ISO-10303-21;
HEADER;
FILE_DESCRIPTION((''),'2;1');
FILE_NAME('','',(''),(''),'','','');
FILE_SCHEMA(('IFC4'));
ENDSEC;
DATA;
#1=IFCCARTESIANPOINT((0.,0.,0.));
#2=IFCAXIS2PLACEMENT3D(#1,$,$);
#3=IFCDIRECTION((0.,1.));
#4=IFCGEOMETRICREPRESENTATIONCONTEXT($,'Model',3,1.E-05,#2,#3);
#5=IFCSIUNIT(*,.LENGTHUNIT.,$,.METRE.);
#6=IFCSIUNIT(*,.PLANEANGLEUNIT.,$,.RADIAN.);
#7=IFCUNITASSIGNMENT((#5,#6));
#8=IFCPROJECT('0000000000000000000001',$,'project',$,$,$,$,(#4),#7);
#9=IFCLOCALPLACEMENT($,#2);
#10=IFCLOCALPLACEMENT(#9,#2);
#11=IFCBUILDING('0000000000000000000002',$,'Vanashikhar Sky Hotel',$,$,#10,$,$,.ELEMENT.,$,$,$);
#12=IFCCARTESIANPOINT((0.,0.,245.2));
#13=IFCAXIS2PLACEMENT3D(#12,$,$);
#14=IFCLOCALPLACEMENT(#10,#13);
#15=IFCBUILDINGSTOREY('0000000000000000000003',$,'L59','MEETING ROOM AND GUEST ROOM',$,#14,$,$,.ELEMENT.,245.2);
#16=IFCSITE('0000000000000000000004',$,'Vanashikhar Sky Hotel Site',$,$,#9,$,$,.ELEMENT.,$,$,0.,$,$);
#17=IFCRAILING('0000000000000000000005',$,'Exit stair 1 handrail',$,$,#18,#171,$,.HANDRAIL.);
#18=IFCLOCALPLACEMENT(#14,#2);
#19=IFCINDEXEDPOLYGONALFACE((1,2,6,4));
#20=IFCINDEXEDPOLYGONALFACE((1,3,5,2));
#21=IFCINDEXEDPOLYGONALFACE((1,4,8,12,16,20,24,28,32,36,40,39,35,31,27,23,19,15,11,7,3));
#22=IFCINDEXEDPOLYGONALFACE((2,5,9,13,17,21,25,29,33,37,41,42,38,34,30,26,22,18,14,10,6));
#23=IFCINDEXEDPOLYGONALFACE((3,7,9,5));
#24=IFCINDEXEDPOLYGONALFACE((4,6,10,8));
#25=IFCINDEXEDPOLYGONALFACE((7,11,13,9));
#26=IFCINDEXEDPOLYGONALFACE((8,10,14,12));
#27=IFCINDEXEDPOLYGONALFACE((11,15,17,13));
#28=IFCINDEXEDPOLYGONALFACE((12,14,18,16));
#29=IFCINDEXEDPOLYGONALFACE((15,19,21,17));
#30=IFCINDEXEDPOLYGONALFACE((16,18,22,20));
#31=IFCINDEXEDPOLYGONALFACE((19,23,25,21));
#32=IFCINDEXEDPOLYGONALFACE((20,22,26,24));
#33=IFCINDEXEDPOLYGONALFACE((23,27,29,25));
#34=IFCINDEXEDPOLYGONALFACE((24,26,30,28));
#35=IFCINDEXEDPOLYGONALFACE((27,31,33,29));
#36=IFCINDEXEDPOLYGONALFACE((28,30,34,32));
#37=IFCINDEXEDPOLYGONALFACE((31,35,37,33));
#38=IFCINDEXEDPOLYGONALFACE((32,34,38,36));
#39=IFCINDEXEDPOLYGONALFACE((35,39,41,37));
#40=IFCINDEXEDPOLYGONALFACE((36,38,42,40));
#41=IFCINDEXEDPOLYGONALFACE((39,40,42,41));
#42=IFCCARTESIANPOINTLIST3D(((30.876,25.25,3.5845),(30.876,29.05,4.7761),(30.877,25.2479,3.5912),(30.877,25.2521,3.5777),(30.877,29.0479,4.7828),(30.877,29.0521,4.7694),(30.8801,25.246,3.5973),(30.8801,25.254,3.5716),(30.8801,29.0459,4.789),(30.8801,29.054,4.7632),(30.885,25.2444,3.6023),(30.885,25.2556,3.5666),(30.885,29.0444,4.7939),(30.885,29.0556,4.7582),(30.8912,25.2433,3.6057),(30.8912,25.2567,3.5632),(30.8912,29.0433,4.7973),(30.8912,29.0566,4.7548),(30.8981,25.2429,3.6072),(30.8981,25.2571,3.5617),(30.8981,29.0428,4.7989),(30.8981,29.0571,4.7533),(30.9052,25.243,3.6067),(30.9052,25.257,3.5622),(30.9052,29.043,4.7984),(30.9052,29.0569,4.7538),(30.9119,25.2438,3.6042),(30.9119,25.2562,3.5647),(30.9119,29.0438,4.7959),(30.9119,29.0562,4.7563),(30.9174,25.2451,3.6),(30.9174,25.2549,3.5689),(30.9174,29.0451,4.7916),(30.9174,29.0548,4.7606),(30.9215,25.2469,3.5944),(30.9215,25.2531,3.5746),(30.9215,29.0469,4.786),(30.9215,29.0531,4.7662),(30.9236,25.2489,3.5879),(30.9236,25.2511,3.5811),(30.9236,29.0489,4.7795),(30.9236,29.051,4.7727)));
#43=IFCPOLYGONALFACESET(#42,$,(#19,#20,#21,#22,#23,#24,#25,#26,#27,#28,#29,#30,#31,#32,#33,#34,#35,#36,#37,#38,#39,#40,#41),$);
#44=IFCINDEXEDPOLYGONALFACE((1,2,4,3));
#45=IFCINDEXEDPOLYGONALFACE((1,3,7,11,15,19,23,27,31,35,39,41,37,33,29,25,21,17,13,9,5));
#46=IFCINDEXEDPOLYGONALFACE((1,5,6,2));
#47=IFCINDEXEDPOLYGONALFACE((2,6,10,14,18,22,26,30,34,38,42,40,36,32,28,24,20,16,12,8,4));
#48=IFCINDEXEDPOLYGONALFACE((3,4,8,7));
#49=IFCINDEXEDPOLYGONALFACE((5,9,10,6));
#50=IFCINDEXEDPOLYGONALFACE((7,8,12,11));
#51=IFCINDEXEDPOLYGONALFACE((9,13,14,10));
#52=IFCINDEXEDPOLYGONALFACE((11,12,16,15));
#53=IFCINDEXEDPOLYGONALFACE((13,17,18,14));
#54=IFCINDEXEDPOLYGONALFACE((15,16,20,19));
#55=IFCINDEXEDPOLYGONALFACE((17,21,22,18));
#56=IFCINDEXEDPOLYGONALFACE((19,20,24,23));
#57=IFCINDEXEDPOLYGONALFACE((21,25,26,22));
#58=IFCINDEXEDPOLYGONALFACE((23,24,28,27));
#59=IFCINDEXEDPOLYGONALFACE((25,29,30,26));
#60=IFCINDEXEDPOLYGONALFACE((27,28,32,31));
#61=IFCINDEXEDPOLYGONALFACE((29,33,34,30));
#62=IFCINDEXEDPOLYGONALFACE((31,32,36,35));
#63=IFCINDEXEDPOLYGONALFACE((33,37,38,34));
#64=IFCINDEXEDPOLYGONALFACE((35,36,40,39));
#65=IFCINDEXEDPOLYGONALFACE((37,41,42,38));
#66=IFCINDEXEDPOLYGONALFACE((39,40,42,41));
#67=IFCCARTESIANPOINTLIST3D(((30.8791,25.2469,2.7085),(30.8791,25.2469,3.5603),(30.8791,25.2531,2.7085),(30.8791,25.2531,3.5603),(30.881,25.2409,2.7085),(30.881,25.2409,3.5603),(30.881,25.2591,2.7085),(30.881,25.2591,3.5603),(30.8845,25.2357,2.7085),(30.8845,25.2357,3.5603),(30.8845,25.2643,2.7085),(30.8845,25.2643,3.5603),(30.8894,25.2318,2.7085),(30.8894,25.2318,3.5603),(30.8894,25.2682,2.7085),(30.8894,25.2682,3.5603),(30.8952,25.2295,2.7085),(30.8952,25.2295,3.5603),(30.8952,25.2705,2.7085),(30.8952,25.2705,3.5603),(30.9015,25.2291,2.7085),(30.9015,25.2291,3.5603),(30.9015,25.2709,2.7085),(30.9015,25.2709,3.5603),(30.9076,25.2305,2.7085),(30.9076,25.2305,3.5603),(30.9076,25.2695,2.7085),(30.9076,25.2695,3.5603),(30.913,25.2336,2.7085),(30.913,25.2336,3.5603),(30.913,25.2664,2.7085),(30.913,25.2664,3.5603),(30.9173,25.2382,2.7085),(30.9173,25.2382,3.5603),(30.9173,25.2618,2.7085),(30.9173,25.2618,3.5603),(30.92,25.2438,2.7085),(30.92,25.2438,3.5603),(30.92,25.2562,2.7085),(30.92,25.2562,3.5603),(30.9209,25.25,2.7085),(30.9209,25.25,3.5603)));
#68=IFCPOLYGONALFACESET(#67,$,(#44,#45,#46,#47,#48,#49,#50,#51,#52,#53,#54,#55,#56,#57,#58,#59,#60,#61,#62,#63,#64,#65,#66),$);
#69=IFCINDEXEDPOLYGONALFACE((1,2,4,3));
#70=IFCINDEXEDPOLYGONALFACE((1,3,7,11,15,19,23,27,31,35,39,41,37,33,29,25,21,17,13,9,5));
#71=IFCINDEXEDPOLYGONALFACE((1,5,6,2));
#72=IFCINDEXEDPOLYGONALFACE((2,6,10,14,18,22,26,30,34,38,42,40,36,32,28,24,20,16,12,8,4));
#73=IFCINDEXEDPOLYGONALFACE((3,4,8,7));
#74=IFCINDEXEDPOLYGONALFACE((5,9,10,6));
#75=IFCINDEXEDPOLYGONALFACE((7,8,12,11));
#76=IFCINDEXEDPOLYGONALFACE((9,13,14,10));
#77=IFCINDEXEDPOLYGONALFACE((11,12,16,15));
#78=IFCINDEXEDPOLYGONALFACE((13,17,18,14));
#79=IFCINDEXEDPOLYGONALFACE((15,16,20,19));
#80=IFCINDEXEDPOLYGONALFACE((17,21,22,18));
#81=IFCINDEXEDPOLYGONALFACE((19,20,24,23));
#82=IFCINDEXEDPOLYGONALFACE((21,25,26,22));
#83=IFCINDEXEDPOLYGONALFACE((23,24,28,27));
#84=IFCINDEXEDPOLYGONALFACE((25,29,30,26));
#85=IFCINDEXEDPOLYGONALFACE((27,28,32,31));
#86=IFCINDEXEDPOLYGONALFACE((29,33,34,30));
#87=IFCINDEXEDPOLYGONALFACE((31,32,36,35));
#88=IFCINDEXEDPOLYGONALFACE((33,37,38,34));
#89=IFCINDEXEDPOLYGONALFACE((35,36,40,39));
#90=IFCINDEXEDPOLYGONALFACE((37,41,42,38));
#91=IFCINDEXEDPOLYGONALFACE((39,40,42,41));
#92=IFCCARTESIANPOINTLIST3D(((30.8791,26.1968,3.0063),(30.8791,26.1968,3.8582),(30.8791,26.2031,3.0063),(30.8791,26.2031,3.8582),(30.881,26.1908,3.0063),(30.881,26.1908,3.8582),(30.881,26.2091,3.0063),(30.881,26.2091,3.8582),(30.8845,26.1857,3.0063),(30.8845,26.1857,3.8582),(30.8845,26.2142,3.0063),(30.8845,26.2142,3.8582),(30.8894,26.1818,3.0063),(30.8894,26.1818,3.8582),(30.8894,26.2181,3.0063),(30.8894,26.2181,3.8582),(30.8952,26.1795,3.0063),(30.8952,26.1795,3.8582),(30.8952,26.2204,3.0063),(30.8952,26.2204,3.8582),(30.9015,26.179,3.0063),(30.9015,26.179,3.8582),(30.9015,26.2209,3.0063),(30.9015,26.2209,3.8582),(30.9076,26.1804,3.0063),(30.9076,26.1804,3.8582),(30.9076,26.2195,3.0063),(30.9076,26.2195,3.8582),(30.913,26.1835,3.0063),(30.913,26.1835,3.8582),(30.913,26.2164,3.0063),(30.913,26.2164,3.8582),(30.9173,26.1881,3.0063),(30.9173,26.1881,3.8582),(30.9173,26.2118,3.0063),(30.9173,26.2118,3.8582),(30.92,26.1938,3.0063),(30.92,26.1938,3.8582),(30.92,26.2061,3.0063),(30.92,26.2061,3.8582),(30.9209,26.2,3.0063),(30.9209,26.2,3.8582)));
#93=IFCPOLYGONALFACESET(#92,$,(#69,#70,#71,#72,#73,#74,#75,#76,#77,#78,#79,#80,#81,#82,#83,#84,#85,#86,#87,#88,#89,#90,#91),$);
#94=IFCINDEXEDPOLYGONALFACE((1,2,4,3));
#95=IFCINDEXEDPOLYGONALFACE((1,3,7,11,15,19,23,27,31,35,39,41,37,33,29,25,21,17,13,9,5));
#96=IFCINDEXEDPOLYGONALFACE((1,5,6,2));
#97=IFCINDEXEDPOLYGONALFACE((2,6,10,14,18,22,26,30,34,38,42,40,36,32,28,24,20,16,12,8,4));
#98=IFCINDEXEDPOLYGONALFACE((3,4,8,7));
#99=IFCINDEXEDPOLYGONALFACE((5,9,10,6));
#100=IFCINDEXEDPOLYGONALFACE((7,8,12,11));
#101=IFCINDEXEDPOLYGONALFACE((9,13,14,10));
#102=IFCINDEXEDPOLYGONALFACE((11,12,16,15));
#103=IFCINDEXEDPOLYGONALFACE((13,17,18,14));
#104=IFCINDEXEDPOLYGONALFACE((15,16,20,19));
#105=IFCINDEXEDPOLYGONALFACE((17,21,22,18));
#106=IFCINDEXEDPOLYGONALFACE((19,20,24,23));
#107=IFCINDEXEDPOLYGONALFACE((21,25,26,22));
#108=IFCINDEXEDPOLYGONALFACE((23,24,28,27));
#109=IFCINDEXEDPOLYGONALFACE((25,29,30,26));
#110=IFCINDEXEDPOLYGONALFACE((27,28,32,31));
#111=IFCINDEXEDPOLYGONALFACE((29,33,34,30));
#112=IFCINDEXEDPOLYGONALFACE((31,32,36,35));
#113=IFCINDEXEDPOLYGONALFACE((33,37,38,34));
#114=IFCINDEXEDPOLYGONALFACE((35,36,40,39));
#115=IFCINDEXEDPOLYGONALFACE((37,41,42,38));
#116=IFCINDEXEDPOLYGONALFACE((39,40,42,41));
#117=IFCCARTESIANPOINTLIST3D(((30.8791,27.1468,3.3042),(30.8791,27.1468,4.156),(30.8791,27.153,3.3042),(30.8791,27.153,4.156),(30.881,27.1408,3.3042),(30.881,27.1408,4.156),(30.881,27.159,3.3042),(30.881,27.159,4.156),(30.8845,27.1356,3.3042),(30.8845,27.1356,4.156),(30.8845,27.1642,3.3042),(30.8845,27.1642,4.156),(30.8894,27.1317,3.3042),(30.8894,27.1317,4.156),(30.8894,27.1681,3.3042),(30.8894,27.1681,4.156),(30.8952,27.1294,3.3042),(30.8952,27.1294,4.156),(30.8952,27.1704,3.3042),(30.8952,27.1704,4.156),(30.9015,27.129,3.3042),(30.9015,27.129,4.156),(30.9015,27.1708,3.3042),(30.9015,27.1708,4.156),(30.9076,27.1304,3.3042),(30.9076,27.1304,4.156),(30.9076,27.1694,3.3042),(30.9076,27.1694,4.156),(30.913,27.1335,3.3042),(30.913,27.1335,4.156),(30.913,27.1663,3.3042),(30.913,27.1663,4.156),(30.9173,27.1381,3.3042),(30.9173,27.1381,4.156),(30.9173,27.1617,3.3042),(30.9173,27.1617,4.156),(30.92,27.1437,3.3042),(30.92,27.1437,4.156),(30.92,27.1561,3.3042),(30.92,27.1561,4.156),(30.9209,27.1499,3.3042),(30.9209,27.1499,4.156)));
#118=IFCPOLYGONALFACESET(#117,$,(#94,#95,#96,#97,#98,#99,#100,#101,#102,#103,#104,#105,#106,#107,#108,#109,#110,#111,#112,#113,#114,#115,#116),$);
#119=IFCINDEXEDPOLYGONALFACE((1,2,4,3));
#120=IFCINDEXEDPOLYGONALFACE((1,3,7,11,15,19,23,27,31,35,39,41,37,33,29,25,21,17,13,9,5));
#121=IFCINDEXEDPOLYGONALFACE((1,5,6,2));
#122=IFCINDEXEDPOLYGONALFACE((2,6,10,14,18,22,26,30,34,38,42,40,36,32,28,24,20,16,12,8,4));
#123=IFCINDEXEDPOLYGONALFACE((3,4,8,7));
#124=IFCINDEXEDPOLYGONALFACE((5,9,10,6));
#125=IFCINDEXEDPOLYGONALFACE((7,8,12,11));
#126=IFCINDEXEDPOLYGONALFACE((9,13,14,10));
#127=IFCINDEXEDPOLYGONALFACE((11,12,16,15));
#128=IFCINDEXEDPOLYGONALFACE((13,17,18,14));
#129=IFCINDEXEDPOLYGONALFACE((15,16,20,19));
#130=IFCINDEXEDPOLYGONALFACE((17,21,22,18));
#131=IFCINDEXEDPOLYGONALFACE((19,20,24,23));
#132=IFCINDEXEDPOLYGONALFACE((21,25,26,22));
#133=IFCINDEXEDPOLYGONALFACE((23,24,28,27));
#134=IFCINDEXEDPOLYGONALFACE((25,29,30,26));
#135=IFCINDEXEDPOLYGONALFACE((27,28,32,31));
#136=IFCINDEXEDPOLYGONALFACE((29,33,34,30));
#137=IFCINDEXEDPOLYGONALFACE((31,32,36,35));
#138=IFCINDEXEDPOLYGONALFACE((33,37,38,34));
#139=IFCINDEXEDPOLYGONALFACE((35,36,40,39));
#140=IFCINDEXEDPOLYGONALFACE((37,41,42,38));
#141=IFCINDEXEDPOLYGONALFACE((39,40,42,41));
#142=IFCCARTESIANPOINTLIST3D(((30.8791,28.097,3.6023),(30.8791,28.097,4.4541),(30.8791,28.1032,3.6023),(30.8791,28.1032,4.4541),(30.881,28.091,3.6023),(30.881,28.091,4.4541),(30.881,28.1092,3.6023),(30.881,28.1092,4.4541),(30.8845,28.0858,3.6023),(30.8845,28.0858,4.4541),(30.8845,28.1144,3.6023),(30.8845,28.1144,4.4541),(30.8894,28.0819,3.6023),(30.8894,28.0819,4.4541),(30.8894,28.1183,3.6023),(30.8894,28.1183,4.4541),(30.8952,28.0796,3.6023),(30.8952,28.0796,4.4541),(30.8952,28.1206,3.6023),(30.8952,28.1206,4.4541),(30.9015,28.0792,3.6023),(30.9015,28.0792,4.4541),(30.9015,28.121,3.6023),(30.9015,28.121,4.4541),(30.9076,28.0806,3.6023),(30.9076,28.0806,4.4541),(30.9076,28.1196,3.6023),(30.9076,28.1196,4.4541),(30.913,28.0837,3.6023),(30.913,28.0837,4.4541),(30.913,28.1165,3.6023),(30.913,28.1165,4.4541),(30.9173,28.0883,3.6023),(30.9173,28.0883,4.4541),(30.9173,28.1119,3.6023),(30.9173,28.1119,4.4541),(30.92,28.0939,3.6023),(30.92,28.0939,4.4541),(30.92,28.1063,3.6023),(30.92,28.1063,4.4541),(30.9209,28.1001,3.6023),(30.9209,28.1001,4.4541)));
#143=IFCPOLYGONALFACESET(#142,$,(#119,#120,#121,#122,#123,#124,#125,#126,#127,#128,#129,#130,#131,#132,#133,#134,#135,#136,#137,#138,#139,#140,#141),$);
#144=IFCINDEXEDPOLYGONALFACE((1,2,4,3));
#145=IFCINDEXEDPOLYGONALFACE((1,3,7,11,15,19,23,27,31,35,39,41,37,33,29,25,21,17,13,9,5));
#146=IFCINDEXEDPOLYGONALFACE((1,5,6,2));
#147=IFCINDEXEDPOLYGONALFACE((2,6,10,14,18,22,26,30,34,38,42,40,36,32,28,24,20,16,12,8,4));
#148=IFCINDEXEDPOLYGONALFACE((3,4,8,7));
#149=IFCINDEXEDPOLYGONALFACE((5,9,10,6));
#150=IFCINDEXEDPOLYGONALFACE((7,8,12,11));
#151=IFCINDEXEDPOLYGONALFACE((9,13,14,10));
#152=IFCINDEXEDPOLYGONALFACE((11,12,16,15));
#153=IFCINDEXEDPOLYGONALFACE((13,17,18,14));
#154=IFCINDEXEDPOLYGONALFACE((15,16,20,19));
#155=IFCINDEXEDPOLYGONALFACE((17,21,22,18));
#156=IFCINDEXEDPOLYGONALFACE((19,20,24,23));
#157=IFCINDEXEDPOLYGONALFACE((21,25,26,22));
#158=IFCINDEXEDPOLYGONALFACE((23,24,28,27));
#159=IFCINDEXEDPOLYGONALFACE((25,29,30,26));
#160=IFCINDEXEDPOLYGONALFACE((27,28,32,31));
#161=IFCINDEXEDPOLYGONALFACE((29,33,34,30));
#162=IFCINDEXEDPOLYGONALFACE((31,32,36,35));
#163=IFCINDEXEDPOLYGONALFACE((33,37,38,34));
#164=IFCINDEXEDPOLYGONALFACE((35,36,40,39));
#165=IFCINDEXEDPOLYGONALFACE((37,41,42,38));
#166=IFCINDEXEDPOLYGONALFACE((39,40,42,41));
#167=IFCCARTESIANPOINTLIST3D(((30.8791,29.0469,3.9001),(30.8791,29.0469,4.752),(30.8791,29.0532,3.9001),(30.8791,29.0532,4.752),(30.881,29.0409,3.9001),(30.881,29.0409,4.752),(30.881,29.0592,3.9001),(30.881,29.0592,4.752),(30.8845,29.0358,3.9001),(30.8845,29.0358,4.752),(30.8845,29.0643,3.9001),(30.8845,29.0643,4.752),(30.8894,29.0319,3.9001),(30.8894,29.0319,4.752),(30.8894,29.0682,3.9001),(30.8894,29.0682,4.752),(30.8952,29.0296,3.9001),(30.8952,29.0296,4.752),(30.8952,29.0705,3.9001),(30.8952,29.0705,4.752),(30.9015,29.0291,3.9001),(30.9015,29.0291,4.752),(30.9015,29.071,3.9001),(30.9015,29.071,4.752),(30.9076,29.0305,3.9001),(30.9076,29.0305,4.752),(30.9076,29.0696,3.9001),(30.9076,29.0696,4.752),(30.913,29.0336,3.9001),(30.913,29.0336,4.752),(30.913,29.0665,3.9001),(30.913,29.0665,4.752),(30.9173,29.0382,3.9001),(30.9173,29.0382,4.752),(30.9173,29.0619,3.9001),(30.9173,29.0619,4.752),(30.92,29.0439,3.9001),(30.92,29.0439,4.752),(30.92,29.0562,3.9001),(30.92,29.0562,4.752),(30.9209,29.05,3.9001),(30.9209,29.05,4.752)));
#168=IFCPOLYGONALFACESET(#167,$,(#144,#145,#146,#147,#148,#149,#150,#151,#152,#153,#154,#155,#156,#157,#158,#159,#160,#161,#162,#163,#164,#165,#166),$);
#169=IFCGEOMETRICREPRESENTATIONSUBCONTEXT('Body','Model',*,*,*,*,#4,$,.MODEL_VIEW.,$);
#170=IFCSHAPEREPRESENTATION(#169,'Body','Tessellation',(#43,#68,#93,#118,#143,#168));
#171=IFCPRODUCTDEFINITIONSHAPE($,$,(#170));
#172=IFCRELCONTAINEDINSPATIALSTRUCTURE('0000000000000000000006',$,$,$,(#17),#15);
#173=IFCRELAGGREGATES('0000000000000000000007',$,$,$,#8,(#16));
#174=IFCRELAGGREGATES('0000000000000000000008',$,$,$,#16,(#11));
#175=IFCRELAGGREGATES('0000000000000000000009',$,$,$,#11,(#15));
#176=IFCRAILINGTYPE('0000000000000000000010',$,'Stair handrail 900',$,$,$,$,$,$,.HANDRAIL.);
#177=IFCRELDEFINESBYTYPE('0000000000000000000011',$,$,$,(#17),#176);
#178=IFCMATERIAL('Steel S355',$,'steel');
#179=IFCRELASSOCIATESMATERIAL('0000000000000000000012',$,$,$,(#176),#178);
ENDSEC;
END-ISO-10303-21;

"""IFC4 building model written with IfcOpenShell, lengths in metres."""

from ifc_helpers import new_model, si_unit, direction, frame, origin, origin_2d, place, context, subcontext, project, spatial, circle, extrude, source, transform, mapped, material, type_object, element, save


model = new_model("IFC4")

# Units and contexts
model_context = context("Model", 3, precision=1e-05, world=origin(), true_north=direction((0.0, 1.0)))
body_context = subcontext(model_context, "Body", "Model", "MODEL_VIEW")
ifc_project = project(units=[si_unit("LENGTHUNIT", "METRE"), si_unit("PLANEANGLEUNIT", "RADIAN")], contexts=[model_context])

# Site, building, storey
site_placement = place(None, origin())
site = spatial("IfcSite", under=ifc_project, at=site_placement, Name="Vanashikhar Sky Hotel Site", CompositionType="ELEMENT", RefElevation=0.0)
building_placement = place(site_placement, origin())
building = spatial("IfcBuilding", under=site, at=building_placement, Name="Vanashikhar Sky Hotel", CompositionType="ELEMENT")
storey_placement = place(building_placement, frame((0.0, 0.0, 245.2)))
storey = spatial("IfcBuildingStorey", under=building, at=storey_placement, Name="L59", Description="MEETING ROOM AND GUEST ROOM", CompositionType="ELEMENT", Elevation=245.2)

# Railing
ifc_material_1 = material(Name="Steel S355", Category="steel")
railing_type_1 = type_object("IfcRailingType", Name="Stair handrail 900", PredefinedType="HANDRAIL", material=ifc_material_1)
shared_shape_1 = source(origin(), body_context, "Body", "SweptSolid", [
    extrude(circle(Radius=0.0239, at=origin_2d()), frame((0.0, 0.0, 0.876), z_axis=(0.0, 0.954184, 0.299221), x_axis=(-1.0, 0.0, 0.0)), (0.0, 0.0, 1.0), 3.9824),
    extrude(circle(Radius=0.021, at=origin_2d()), origin(), (0.0, 0.0, 1.0), 0.8518),
    extrude(circle(Radius=0.021, at=origin_2d()), frame((0.0, 0.95, 0.2979)), (0.0, 0.0, 1.0), 0.8518),
    extrude(circle(Radius=0.021, at=origin_2d()), frame((0.0, 1.8999, 0.5957)), (0.0, 0.0, 1.0), 0.8518),
    extrude(circle(Radius=0.021, at=origin_2d()), frame((0.0, 2.8501, 0.8938)), (0.0, 0.0, 1.0), 0.8518),
    extrude(circle(Radius=0.021, at=origin_2d()), frame((0.0, 3.8, 1.1917)), (0.0, 0.0, 1.0), 0.8518),
])
for number, where, name in (
    (1, (30.8999, 25.25, 2.7085), "Exit stair 1 handrail"),
):
    element("IfcRailing", number, at=place(storey_placement, frame(where)), inside=storey, type_object=railing_type_1, Name=name, PredefinedType="HANDRAIL", context=body_context, shape_type="MappedRepresentation", body=[
        mapped(shared_shape_1, transform((0.0, 0.0, 0.0), scale=1.0)),
    ])

save(model, "model.ifc")
